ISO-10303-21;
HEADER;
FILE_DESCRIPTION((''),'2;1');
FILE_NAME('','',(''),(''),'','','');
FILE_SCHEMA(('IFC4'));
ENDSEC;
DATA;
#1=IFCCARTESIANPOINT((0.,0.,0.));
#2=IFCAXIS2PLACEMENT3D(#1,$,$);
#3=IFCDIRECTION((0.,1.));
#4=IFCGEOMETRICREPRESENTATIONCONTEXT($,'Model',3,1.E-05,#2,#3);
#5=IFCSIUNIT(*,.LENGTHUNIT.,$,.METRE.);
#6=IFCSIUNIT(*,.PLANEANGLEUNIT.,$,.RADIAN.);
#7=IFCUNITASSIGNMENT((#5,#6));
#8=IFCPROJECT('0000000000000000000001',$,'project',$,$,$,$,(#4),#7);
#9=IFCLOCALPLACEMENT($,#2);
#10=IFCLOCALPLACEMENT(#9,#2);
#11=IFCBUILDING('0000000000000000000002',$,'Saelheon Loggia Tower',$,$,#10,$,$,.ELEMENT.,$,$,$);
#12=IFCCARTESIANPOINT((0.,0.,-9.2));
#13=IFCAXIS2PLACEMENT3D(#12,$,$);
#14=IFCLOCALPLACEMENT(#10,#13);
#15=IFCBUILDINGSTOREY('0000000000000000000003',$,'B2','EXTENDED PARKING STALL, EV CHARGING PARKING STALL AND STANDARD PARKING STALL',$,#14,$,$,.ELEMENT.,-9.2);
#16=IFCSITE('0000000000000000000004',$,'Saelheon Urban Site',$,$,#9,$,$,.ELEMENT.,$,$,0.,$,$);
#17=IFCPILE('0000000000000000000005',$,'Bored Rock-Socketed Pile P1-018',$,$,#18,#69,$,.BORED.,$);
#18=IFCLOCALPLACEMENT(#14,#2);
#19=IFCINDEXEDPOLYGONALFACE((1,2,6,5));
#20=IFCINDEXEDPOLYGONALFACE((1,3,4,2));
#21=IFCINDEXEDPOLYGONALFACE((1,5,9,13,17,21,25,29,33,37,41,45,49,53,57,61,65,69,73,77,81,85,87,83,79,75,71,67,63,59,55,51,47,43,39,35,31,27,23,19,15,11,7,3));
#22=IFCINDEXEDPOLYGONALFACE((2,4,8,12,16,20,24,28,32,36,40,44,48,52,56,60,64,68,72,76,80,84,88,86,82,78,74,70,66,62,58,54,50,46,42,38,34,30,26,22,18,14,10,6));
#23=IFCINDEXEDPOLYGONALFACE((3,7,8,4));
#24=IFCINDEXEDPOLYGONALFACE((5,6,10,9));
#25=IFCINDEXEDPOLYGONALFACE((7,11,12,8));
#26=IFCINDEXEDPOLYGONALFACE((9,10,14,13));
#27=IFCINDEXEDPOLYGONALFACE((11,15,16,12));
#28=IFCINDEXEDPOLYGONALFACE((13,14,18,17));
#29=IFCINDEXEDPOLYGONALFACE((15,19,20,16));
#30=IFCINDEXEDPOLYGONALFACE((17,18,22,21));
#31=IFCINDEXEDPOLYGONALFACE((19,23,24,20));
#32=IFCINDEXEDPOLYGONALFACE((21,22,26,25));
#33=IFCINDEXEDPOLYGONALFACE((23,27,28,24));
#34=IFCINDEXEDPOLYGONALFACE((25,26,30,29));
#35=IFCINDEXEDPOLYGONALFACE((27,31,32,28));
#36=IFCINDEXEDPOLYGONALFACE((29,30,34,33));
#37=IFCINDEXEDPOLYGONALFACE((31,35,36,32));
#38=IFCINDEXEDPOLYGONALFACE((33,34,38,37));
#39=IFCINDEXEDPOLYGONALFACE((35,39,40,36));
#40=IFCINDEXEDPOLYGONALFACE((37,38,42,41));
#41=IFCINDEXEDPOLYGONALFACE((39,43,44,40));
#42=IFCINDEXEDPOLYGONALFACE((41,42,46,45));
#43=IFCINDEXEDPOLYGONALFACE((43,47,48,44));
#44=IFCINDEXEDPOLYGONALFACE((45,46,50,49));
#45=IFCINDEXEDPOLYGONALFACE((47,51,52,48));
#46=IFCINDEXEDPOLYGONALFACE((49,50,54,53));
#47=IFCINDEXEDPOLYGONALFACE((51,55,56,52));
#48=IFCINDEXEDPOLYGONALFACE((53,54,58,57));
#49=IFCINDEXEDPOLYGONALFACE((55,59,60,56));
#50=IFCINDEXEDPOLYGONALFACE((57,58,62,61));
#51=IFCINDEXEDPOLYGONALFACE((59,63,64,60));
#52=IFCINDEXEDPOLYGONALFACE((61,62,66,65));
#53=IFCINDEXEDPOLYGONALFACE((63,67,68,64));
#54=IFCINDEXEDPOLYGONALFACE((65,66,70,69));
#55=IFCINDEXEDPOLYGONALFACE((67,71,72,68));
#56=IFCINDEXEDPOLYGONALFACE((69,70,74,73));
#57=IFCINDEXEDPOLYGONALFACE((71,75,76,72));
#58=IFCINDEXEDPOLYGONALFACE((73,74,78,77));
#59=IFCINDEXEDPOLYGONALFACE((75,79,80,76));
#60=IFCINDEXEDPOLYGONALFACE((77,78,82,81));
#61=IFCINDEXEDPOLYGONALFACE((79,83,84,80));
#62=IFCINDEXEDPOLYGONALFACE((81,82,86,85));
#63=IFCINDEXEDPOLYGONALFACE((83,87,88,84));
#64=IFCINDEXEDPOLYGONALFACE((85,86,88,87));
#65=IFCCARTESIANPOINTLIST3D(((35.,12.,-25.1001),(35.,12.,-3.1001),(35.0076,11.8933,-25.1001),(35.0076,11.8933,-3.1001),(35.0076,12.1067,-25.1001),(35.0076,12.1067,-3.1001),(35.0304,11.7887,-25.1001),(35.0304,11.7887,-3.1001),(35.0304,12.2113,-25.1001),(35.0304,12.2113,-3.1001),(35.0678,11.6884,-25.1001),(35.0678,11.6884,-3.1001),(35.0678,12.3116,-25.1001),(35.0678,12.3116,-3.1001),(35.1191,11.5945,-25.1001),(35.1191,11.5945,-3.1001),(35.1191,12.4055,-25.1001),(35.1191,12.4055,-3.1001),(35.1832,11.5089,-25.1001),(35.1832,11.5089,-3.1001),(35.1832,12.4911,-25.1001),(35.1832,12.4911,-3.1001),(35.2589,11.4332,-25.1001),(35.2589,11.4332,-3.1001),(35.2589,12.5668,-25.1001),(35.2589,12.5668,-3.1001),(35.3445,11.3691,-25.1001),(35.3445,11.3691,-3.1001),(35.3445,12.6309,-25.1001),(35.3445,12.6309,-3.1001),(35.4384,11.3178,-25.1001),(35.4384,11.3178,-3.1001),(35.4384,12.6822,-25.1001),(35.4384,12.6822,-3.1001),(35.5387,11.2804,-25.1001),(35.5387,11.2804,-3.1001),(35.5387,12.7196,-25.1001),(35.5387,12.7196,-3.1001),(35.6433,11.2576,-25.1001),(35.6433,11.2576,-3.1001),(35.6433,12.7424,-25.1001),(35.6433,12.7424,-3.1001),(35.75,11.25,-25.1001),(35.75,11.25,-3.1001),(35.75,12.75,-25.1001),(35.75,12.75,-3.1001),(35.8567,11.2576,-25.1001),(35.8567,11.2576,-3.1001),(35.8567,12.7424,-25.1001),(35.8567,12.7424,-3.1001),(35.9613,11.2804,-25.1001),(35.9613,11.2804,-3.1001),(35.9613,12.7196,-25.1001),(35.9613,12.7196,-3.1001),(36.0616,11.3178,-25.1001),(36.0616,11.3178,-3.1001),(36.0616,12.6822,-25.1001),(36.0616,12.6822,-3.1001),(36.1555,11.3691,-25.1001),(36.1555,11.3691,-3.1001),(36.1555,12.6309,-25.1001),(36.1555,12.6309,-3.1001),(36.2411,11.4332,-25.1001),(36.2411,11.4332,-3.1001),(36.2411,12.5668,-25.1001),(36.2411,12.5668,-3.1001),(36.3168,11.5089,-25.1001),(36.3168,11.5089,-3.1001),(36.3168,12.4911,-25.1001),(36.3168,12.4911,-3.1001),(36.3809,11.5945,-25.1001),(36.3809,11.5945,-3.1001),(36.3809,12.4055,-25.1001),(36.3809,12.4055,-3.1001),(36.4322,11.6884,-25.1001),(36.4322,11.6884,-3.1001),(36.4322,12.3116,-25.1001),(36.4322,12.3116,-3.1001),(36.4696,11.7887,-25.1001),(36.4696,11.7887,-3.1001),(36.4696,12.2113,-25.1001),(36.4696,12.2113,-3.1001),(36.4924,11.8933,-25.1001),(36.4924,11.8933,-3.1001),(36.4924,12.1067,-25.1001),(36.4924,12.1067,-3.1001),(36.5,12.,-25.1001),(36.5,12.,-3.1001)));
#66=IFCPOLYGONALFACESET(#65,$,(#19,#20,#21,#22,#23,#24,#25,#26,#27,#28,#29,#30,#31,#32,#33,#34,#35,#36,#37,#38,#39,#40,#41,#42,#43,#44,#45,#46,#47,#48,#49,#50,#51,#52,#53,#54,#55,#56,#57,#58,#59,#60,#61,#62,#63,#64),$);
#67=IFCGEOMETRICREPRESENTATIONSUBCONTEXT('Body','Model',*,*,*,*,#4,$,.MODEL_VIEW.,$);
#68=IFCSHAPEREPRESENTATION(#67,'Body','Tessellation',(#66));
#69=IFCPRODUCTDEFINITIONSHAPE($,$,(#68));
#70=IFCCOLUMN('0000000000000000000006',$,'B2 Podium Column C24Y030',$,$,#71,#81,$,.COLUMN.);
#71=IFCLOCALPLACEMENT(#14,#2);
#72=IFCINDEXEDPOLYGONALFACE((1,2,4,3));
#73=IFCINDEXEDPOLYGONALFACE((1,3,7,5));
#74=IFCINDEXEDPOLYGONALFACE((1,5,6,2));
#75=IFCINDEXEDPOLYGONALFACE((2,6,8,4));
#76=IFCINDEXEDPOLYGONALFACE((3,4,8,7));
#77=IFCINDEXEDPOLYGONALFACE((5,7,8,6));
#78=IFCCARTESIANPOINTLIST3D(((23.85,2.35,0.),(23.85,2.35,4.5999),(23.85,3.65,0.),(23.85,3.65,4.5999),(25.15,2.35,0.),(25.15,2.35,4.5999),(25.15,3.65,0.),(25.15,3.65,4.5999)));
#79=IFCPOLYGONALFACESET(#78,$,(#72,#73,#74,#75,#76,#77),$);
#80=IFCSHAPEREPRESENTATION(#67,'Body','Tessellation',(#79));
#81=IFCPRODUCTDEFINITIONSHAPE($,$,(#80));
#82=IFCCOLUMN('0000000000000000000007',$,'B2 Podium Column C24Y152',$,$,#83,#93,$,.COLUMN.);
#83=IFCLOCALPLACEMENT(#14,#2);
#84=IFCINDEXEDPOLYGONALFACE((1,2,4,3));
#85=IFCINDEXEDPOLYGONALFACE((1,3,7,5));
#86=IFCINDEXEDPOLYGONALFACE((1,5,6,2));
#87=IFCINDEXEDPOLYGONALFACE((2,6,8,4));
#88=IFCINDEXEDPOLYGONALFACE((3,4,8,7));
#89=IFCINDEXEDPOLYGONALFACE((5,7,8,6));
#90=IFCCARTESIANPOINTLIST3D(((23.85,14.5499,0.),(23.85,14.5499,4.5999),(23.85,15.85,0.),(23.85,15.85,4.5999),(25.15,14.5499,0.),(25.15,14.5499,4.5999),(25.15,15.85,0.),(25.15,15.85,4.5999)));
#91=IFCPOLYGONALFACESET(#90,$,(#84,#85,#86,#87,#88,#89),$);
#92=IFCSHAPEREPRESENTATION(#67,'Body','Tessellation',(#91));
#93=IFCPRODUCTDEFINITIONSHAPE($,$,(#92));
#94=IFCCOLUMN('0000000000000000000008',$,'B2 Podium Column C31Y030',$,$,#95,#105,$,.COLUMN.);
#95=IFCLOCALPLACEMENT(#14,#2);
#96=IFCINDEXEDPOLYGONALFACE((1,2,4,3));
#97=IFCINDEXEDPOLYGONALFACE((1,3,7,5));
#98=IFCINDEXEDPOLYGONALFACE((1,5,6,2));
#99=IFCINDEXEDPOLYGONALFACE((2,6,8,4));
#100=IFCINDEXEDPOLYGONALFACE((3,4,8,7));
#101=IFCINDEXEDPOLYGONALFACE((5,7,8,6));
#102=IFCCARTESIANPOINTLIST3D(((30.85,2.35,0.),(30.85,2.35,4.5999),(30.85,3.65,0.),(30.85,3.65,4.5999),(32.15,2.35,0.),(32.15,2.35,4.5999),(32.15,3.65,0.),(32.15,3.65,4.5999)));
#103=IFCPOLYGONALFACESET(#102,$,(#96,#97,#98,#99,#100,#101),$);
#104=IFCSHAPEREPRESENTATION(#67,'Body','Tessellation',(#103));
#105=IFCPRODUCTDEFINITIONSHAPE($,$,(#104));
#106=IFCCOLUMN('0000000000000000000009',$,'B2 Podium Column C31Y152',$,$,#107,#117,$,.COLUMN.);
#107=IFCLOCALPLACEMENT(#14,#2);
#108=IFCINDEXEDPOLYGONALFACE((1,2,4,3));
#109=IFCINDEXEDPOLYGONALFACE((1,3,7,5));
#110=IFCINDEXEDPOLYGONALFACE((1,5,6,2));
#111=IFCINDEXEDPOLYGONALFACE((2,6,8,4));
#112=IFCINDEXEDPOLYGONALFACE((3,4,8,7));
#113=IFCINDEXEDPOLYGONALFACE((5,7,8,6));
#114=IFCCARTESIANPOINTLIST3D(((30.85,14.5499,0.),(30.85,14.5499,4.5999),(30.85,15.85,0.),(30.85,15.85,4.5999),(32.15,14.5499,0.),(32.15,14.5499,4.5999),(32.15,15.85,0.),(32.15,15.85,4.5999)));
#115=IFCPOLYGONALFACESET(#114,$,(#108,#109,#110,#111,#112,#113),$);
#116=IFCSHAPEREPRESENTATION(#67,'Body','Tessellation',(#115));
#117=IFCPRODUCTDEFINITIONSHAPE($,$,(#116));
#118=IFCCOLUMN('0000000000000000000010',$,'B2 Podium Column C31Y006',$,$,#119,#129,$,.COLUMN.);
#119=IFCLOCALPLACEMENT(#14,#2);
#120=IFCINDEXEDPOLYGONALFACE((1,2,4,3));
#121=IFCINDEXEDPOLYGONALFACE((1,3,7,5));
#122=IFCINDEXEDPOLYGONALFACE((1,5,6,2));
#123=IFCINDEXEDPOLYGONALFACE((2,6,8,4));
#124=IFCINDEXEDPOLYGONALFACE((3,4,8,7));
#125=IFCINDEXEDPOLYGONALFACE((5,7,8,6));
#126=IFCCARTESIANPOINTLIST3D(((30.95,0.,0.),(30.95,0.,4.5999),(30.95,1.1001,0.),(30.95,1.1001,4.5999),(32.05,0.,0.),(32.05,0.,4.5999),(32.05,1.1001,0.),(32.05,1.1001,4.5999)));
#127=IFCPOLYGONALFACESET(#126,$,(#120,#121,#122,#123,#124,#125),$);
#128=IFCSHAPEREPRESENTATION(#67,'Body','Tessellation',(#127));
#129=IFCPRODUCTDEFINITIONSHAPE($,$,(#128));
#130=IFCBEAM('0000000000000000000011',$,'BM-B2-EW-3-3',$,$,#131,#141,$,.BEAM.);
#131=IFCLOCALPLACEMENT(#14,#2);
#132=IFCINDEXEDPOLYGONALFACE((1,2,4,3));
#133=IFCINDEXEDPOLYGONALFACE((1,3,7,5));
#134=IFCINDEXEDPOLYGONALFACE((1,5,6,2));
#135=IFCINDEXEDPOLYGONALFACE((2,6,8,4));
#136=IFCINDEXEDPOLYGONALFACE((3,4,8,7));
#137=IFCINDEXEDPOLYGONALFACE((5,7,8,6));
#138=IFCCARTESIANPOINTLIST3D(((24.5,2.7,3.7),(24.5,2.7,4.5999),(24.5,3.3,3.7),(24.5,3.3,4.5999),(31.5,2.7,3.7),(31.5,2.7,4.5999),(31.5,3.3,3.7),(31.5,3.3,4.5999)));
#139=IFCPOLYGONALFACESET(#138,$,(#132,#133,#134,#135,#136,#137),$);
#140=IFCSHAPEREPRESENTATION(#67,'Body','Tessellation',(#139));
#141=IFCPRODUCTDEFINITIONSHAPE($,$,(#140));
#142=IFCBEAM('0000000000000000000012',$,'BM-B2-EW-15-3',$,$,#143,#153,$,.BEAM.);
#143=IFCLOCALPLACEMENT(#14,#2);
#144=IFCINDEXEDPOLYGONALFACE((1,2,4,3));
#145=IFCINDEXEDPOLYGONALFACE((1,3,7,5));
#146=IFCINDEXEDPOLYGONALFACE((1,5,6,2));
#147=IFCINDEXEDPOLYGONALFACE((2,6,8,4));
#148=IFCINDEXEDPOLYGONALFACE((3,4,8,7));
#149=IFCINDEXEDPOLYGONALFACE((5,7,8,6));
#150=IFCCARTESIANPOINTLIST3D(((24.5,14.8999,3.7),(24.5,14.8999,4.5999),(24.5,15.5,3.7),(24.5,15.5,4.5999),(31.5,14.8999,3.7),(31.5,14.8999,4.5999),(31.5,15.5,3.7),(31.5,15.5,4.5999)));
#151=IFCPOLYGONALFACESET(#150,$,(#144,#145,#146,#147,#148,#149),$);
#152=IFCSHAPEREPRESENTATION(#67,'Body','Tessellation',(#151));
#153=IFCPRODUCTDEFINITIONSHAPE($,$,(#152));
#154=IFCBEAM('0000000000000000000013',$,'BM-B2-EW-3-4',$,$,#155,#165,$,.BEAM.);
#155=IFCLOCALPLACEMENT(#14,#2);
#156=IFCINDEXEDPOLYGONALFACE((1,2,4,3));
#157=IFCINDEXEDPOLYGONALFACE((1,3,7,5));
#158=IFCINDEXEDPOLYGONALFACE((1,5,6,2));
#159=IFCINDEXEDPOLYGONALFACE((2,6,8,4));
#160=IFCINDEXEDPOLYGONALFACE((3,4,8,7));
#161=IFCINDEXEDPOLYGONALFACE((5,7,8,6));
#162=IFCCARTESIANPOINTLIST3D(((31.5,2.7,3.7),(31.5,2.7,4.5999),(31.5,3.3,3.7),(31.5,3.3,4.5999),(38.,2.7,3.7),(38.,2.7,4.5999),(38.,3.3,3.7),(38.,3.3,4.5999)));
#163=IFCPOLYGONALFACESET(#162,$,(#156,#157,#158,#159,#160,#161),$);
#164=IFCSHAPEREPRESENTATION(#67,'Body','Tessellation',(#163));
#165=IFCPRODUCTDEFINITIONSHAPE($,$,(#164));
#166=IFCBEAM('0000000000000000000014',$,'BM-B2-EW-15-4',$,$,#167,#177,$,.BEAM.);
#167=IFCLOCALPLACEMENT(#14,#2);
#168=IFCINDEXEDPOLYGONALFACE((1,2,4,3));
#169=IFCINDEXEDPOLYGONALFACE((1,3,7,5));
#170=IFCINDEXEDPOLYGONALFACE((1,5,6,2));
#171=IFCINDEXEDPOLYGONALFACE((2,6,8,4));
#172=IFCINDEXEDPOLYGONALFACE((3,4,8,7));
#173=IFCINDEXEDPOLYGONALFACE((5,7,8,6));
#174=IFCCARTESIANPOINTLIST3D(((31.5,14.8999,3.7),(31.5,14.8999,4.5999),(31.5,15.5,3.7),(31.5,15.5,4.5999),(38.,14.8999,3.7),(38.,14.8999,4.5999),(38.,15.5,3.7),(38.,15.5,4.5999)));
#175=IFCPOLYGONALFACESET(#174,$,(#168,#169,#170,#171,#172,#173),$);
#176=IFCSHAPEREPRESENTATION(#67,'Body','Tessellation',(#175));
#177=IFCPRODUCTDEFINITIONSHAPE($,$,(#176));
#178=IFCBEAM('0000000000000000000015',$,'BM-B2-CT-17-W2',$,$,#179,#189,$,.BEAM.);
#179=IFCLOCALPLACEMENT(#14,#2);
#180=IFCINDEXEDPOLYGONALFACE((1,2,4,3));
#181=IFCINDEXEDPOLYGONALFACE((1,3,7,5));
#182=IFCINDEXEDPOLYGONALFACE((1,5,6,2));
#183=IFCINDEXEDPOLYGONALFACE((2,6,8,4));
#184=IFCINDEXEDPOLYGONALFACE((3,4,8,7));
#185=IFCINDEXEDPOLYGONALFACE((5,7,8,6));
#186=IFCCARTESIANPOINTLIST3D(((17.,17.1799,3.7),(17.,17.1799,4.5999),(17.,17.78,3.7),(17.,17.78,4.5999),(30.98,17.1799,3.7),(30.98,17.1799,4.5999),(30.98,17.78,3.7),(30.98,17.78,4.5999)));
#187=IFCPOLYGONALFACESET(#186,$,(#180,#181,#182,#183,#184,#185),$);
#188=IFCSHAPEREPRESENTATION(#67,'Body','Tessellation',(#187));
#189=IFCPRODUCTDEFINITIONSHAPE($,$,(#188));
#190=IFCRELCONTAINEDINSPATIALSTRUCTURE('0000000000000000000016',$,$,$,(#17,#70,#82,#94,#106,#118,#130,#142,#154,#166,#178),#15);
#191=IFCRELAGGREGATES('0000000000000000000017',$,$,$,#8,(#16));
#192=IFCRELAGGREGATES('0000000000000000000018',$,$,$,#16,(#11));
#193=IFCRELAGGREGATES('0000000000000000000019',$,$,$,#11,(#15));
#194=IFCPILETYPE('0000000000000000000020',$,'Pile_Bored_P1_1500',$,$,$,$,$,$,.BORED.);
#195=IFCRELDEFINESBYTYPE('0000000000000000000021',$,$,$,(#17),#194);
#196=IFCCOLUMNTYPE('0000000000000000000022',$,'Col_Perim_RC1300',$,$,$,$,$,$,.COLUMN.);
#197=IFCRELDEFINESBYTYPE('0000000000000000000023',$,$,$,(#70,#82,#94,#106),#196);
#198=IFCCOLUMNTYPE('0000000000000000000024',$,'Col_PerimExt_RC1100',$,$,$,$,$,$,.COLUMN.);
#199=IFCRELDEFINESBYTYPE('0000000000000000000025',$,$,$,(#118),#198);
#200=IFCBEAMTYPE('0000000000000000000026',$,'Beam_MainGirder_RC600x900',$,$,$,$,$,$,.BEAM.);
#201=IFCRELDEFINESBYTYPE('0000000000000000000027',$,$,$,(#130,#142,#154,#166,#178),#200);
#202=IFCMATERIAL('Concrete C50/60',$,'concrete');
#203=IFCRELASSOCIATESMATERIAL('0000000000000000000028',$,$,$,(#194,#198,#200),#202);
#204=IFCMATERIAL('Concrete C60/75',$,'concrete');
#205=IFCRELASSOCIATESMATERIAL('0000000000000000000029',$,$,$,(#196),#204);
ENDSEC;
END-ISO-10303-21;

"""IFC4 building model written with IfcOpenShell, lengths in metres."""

from ifc_helpers import new_model, si_unit, direction, frame, origin, origin_2d, place, context, subcontext, project, spatial, rectangle, circle, extrude, source, transform, mapped, material, material_profile, profile_set, type_object, element, save


model = new_model("IFC4")

# Units and contexts
model_context = context("Model", 3, precision=1e-05, world=origin(), true_north=direction((0.0, 1.0)))
body_context = subcontext(model_context, "Body", "Model", "MODEL_VIEW")
ifc_project = project(units=[si_unit("LENGTHUNIT", "METRE"), si_unit("PLANEANGLEUNIT", "RADIAN")], contexts=[model_context])

# Site, building, storey
site_placement = place(None, origin())
site = spatial("IfcSite", under=ifc_project, at=site_placement, Name="Saelheon Urban Site", CompositionType="ELEMENT", RefElevation=0.0)
building_placement = place(site_placement, origin())
building = spatial("IfcBuilding", under=site, at=building_placement, Name="Saelheon Loggia Tower", CompositionType="ELEMENT")
storey_placement = place(building_placement, frame((0.0, 0.0, -9.2)))
storey = spatial("IfcBuildingStorey", under=building, at=storey_placement, Name="B2", Description="EXTENDED PARKING STALL, EV CHARGING PARKING STALL AND STANDARD PARKING STALL", CompositionType="ELEMENT", Elevation=-9.2)

# Pile
ifc_material_1 = material(Name="Concrete C50/60", Category="concrete")
ifc_material_profile_1 = material_profile(ifc_material_1, circle(Radius=0.75, at=origin_2d()), Name="CIRC-1500")
ifc_profile_set_1 = profile_set([ifc_material_profile_1], Name="Concrete C50/60")
pile_type = type_object("IfcPileType", Name="Pile_Bored_P1_1500", PredefinedType="BORED", material=ifc_profile_set_1)
shared_shape_1 = source(origin(), body_context, "Body", "SweptSolid", [
    extrude(circle(Radius=0.75, at=origin_2d()), origin(), (0.0, 0.0, 1.0), 22.0),
])
for number, where, z_axis, x_axis, name in (
    (1, (35.75, 12.0, -3.1001), (0.0, 0.0, -1.0), (1.0, 0.0, 0.0), "Bored Rock-Socketed Pile P1-018"),
):
    element("IfcPile", number, at=place(storey_placement, frame(where, z_axis=z_axis, x_axis=x_axis)), inside=storey, type_object=pile_type, Name=name, PredefinedType="BORED", context=body_context, shape_type="MappedRepresentation", body=[
        mapped(shared_shape_1, transform((0.0, 0.0, 0.0), scale=1.0)),
    ])

# Columns
ifc_material_2 = material(Name="Concrete C60/75", Category="concrete")
ifc_material_profile_2 = material_profile(ifc_material_2, rectangle(XDim=1.3, YDim=1.3, at=origin_2d()), Name="RC-1300x1300")
ifc_profile_set_2 = profile_set([ifc_material_profile_2], Name="Concrete C60/75")
column_type_1 = type_object("IfcColumnType", Name="Col_Perim_RC1300", PredefinedType="COLUMN", material=ifc_profile_set_2)
shared_shape_2 = source(origin(), body_context, "Body", "SweptSolid", [
    extrude(rectangle(XDim=1.3, YDim=1.3, at=origin_2d()), origin(), (0.0, 0.0, 1.0), 4.5999),
])
for number, where, z_axis, x_axis, name in (
    (2, (24.5, 3.0, 0.0), (0.0, 0.0, 1.0), (1.0, 0.0, 0.0), "B2 Podium Column C24Y030"),
    (3, (24.5, 15.2, 0.0), (0.0, 0.0, 1.0), (1.0, 0.0, 0.0), "B2 Podium Column C24Y152"),
    (4, (31.5, 3.0, 0.0), (0.0, 0.0, 1.0), (1.0, 0.0, 0.0), "B2 Podium Column C31Y030"),
    (5, (31.5, 15.2, 0.0), (0.0, 0.0, 1.0), (1.0, 0.0, 0.0), "B2 Podium Column C31Y152"),
):
    element("IfcColumn", number, at=place(storey_placement, frame(where, z_axis=z_axis, x_axis=x_axis)), inside=storey, type_object=column_type_1, Name=name, PredefinedType="COLUMN", context=body_context, shape_type="MappedRepresentation", body=[
        mapped(shared_shape_2, transform((0.0, 0.0, 0.0), scale=1.0)),
    ])
ifc_material_profile_3 = material_profile(ifc_material_1, rectangle(XDim=1.1001, YDim=1.1001, at=origin_2d()), Name="RC-1100x1100")
ifc_profile_set_3 = profile_set([ifc_material_profile_3], Name="Concrete C50/60")
column_type_2 = type_object("IfcColumnType", Name="Col_PerimExt_RC1100", PredefinedType="COLUMN", material=ifc_profile_set_3)
shared_shape_3 = source(origin(), body_context, "Body", "SweptSolid", [
    extrude(rectangle(XDim=1.1001, YDim=1.1001, at=origin_2d()), origin(), (0.0, 0.0, 1.0), 4.5999),
])
column_placement = place(storey_placement, frame((31.5, 0.55, 0.0), z_axis=(0.0, 0.0, 1.0), x_axis=(1.0, 0.0, 0.0)))
element("IfcColumn", 6, at=column_placement, inside=storey, type_object=column_type_2, Name="B2 Podium Column C31Y006", PredefinedType="COLUMN", context=body_context, shape_type="MappedRepresentation", body=[
    mapped(shared_shape_3, transform((0.0, 0.0, 0.0), scale=1.0)),
])

# Beams
ifc_material_profile_4 = material_profile(ifc_material_1, rectangle(XDim=0.6001, YDim=0.8999, at=origin_2d()), Name="RC-600x900")
ifc_profile_set_4 = profile_set([ifc_material_profile_4], Name="Concrete C50/60")
beam_type_1 = type_object("IfcBeamType", Name="Beam_MainGirder_RC600x900", PredefinedType="BEAM", material=ifc_profile_set_4)
shared_shape_4 = source(origin(), body_context, "Body", "SweptSolid", [
    extrude(rectangle(XDim=0.6001, YDim=0.8999, at=origin_2d()), origin(), (0.0, 0.0, 1.0), 7.0),
])
for number, where, z_axis, x_axis, name in (
    (7, (24.5, 3.0, 4.1499), (1.0, 0.0, 0.0), (0.0, 1.0, 0.0), "BM-B2-EW-3-3"),
    (8, (24.5, 15.2, 4.1499), (1.0, 0.0, 0.0), (0.0, 1.0, 0.0), "BM-B2-EW-15-3"),
):
    element("IfcBeam", number, at=place(storey_placement, frame(where, z_axis=z_axis, x_axis=x_axis)), inside=storey, type_object=beam_type_1, Name=name, PredefinedType="BEAM", context=body_context, shape_type="MappedRepresentation", body=[
        mapped(shared_shape_4, transform((0.0, 0.0, 0.0), scale=1.0)),
    ])
shared_shape_5 = source(origin(), body_context, "Body", "SweptSolid", [
    extrude(rectangle(XDim=0.6001, YDim=0.8999, at=origin_2d()), origin(), (0.0, 0.0, 1.0), 6.5),
])
for number, where, z_axis, x_axis, name in (
    (9, (31.5, 3.0, 4.1499), (1.0, 0.0, 0.0), (0.0, 1.0, 0.0), "BM-B2-EW-3-4"),
    (10, (31.5, 15.2, 4.1499), (1.0, 0.0, 0.0), (0.0, 1.0, 0.0), "BM-B2-EW-15-4"),
):
    element("IfcBeam", number, at=place(storey_placement, frame(where, z_axis=z_axis, x_axis=x_axis)), inside=storey, type_object=beam_type_1, Name=name, PredefinedType="BEAM", context=body_context, shape_type="MappedRepresentation", body=[
        mapped(shared_shape_5, transform((0.0, 0.0, 0.0), scale=1.0)),
    ])
shared_shape_6 = source(origin(), body_context, "Body", "SweptSolid", [
    extrude(rectangle(XDim=0.6001, YDim=0.8999, at=origin_2d()), origin(), (0.0, 0.0, 1.0), 13.98),
])
beam_1_placement = place(storey_placement, frame((17.0, 17.48, 4.1499), z_axis=(1.0, 0.0, 0.0), x_axis=(0.0, 1.0, 0.0)))
element("IfcBeam", 11, at=beam_1_placement, inside=storey, type_object=beam_type_1, Name="BM-B2-CT-17-W2", PredefinedType="BEAM", context=body_context, shape_type="MappedRepresentation", body=[
    mapped(shared_shape_6, transform((0.0, 0.0, 0.0), scale=1.0)),
])

save(model, "model.ifc")
